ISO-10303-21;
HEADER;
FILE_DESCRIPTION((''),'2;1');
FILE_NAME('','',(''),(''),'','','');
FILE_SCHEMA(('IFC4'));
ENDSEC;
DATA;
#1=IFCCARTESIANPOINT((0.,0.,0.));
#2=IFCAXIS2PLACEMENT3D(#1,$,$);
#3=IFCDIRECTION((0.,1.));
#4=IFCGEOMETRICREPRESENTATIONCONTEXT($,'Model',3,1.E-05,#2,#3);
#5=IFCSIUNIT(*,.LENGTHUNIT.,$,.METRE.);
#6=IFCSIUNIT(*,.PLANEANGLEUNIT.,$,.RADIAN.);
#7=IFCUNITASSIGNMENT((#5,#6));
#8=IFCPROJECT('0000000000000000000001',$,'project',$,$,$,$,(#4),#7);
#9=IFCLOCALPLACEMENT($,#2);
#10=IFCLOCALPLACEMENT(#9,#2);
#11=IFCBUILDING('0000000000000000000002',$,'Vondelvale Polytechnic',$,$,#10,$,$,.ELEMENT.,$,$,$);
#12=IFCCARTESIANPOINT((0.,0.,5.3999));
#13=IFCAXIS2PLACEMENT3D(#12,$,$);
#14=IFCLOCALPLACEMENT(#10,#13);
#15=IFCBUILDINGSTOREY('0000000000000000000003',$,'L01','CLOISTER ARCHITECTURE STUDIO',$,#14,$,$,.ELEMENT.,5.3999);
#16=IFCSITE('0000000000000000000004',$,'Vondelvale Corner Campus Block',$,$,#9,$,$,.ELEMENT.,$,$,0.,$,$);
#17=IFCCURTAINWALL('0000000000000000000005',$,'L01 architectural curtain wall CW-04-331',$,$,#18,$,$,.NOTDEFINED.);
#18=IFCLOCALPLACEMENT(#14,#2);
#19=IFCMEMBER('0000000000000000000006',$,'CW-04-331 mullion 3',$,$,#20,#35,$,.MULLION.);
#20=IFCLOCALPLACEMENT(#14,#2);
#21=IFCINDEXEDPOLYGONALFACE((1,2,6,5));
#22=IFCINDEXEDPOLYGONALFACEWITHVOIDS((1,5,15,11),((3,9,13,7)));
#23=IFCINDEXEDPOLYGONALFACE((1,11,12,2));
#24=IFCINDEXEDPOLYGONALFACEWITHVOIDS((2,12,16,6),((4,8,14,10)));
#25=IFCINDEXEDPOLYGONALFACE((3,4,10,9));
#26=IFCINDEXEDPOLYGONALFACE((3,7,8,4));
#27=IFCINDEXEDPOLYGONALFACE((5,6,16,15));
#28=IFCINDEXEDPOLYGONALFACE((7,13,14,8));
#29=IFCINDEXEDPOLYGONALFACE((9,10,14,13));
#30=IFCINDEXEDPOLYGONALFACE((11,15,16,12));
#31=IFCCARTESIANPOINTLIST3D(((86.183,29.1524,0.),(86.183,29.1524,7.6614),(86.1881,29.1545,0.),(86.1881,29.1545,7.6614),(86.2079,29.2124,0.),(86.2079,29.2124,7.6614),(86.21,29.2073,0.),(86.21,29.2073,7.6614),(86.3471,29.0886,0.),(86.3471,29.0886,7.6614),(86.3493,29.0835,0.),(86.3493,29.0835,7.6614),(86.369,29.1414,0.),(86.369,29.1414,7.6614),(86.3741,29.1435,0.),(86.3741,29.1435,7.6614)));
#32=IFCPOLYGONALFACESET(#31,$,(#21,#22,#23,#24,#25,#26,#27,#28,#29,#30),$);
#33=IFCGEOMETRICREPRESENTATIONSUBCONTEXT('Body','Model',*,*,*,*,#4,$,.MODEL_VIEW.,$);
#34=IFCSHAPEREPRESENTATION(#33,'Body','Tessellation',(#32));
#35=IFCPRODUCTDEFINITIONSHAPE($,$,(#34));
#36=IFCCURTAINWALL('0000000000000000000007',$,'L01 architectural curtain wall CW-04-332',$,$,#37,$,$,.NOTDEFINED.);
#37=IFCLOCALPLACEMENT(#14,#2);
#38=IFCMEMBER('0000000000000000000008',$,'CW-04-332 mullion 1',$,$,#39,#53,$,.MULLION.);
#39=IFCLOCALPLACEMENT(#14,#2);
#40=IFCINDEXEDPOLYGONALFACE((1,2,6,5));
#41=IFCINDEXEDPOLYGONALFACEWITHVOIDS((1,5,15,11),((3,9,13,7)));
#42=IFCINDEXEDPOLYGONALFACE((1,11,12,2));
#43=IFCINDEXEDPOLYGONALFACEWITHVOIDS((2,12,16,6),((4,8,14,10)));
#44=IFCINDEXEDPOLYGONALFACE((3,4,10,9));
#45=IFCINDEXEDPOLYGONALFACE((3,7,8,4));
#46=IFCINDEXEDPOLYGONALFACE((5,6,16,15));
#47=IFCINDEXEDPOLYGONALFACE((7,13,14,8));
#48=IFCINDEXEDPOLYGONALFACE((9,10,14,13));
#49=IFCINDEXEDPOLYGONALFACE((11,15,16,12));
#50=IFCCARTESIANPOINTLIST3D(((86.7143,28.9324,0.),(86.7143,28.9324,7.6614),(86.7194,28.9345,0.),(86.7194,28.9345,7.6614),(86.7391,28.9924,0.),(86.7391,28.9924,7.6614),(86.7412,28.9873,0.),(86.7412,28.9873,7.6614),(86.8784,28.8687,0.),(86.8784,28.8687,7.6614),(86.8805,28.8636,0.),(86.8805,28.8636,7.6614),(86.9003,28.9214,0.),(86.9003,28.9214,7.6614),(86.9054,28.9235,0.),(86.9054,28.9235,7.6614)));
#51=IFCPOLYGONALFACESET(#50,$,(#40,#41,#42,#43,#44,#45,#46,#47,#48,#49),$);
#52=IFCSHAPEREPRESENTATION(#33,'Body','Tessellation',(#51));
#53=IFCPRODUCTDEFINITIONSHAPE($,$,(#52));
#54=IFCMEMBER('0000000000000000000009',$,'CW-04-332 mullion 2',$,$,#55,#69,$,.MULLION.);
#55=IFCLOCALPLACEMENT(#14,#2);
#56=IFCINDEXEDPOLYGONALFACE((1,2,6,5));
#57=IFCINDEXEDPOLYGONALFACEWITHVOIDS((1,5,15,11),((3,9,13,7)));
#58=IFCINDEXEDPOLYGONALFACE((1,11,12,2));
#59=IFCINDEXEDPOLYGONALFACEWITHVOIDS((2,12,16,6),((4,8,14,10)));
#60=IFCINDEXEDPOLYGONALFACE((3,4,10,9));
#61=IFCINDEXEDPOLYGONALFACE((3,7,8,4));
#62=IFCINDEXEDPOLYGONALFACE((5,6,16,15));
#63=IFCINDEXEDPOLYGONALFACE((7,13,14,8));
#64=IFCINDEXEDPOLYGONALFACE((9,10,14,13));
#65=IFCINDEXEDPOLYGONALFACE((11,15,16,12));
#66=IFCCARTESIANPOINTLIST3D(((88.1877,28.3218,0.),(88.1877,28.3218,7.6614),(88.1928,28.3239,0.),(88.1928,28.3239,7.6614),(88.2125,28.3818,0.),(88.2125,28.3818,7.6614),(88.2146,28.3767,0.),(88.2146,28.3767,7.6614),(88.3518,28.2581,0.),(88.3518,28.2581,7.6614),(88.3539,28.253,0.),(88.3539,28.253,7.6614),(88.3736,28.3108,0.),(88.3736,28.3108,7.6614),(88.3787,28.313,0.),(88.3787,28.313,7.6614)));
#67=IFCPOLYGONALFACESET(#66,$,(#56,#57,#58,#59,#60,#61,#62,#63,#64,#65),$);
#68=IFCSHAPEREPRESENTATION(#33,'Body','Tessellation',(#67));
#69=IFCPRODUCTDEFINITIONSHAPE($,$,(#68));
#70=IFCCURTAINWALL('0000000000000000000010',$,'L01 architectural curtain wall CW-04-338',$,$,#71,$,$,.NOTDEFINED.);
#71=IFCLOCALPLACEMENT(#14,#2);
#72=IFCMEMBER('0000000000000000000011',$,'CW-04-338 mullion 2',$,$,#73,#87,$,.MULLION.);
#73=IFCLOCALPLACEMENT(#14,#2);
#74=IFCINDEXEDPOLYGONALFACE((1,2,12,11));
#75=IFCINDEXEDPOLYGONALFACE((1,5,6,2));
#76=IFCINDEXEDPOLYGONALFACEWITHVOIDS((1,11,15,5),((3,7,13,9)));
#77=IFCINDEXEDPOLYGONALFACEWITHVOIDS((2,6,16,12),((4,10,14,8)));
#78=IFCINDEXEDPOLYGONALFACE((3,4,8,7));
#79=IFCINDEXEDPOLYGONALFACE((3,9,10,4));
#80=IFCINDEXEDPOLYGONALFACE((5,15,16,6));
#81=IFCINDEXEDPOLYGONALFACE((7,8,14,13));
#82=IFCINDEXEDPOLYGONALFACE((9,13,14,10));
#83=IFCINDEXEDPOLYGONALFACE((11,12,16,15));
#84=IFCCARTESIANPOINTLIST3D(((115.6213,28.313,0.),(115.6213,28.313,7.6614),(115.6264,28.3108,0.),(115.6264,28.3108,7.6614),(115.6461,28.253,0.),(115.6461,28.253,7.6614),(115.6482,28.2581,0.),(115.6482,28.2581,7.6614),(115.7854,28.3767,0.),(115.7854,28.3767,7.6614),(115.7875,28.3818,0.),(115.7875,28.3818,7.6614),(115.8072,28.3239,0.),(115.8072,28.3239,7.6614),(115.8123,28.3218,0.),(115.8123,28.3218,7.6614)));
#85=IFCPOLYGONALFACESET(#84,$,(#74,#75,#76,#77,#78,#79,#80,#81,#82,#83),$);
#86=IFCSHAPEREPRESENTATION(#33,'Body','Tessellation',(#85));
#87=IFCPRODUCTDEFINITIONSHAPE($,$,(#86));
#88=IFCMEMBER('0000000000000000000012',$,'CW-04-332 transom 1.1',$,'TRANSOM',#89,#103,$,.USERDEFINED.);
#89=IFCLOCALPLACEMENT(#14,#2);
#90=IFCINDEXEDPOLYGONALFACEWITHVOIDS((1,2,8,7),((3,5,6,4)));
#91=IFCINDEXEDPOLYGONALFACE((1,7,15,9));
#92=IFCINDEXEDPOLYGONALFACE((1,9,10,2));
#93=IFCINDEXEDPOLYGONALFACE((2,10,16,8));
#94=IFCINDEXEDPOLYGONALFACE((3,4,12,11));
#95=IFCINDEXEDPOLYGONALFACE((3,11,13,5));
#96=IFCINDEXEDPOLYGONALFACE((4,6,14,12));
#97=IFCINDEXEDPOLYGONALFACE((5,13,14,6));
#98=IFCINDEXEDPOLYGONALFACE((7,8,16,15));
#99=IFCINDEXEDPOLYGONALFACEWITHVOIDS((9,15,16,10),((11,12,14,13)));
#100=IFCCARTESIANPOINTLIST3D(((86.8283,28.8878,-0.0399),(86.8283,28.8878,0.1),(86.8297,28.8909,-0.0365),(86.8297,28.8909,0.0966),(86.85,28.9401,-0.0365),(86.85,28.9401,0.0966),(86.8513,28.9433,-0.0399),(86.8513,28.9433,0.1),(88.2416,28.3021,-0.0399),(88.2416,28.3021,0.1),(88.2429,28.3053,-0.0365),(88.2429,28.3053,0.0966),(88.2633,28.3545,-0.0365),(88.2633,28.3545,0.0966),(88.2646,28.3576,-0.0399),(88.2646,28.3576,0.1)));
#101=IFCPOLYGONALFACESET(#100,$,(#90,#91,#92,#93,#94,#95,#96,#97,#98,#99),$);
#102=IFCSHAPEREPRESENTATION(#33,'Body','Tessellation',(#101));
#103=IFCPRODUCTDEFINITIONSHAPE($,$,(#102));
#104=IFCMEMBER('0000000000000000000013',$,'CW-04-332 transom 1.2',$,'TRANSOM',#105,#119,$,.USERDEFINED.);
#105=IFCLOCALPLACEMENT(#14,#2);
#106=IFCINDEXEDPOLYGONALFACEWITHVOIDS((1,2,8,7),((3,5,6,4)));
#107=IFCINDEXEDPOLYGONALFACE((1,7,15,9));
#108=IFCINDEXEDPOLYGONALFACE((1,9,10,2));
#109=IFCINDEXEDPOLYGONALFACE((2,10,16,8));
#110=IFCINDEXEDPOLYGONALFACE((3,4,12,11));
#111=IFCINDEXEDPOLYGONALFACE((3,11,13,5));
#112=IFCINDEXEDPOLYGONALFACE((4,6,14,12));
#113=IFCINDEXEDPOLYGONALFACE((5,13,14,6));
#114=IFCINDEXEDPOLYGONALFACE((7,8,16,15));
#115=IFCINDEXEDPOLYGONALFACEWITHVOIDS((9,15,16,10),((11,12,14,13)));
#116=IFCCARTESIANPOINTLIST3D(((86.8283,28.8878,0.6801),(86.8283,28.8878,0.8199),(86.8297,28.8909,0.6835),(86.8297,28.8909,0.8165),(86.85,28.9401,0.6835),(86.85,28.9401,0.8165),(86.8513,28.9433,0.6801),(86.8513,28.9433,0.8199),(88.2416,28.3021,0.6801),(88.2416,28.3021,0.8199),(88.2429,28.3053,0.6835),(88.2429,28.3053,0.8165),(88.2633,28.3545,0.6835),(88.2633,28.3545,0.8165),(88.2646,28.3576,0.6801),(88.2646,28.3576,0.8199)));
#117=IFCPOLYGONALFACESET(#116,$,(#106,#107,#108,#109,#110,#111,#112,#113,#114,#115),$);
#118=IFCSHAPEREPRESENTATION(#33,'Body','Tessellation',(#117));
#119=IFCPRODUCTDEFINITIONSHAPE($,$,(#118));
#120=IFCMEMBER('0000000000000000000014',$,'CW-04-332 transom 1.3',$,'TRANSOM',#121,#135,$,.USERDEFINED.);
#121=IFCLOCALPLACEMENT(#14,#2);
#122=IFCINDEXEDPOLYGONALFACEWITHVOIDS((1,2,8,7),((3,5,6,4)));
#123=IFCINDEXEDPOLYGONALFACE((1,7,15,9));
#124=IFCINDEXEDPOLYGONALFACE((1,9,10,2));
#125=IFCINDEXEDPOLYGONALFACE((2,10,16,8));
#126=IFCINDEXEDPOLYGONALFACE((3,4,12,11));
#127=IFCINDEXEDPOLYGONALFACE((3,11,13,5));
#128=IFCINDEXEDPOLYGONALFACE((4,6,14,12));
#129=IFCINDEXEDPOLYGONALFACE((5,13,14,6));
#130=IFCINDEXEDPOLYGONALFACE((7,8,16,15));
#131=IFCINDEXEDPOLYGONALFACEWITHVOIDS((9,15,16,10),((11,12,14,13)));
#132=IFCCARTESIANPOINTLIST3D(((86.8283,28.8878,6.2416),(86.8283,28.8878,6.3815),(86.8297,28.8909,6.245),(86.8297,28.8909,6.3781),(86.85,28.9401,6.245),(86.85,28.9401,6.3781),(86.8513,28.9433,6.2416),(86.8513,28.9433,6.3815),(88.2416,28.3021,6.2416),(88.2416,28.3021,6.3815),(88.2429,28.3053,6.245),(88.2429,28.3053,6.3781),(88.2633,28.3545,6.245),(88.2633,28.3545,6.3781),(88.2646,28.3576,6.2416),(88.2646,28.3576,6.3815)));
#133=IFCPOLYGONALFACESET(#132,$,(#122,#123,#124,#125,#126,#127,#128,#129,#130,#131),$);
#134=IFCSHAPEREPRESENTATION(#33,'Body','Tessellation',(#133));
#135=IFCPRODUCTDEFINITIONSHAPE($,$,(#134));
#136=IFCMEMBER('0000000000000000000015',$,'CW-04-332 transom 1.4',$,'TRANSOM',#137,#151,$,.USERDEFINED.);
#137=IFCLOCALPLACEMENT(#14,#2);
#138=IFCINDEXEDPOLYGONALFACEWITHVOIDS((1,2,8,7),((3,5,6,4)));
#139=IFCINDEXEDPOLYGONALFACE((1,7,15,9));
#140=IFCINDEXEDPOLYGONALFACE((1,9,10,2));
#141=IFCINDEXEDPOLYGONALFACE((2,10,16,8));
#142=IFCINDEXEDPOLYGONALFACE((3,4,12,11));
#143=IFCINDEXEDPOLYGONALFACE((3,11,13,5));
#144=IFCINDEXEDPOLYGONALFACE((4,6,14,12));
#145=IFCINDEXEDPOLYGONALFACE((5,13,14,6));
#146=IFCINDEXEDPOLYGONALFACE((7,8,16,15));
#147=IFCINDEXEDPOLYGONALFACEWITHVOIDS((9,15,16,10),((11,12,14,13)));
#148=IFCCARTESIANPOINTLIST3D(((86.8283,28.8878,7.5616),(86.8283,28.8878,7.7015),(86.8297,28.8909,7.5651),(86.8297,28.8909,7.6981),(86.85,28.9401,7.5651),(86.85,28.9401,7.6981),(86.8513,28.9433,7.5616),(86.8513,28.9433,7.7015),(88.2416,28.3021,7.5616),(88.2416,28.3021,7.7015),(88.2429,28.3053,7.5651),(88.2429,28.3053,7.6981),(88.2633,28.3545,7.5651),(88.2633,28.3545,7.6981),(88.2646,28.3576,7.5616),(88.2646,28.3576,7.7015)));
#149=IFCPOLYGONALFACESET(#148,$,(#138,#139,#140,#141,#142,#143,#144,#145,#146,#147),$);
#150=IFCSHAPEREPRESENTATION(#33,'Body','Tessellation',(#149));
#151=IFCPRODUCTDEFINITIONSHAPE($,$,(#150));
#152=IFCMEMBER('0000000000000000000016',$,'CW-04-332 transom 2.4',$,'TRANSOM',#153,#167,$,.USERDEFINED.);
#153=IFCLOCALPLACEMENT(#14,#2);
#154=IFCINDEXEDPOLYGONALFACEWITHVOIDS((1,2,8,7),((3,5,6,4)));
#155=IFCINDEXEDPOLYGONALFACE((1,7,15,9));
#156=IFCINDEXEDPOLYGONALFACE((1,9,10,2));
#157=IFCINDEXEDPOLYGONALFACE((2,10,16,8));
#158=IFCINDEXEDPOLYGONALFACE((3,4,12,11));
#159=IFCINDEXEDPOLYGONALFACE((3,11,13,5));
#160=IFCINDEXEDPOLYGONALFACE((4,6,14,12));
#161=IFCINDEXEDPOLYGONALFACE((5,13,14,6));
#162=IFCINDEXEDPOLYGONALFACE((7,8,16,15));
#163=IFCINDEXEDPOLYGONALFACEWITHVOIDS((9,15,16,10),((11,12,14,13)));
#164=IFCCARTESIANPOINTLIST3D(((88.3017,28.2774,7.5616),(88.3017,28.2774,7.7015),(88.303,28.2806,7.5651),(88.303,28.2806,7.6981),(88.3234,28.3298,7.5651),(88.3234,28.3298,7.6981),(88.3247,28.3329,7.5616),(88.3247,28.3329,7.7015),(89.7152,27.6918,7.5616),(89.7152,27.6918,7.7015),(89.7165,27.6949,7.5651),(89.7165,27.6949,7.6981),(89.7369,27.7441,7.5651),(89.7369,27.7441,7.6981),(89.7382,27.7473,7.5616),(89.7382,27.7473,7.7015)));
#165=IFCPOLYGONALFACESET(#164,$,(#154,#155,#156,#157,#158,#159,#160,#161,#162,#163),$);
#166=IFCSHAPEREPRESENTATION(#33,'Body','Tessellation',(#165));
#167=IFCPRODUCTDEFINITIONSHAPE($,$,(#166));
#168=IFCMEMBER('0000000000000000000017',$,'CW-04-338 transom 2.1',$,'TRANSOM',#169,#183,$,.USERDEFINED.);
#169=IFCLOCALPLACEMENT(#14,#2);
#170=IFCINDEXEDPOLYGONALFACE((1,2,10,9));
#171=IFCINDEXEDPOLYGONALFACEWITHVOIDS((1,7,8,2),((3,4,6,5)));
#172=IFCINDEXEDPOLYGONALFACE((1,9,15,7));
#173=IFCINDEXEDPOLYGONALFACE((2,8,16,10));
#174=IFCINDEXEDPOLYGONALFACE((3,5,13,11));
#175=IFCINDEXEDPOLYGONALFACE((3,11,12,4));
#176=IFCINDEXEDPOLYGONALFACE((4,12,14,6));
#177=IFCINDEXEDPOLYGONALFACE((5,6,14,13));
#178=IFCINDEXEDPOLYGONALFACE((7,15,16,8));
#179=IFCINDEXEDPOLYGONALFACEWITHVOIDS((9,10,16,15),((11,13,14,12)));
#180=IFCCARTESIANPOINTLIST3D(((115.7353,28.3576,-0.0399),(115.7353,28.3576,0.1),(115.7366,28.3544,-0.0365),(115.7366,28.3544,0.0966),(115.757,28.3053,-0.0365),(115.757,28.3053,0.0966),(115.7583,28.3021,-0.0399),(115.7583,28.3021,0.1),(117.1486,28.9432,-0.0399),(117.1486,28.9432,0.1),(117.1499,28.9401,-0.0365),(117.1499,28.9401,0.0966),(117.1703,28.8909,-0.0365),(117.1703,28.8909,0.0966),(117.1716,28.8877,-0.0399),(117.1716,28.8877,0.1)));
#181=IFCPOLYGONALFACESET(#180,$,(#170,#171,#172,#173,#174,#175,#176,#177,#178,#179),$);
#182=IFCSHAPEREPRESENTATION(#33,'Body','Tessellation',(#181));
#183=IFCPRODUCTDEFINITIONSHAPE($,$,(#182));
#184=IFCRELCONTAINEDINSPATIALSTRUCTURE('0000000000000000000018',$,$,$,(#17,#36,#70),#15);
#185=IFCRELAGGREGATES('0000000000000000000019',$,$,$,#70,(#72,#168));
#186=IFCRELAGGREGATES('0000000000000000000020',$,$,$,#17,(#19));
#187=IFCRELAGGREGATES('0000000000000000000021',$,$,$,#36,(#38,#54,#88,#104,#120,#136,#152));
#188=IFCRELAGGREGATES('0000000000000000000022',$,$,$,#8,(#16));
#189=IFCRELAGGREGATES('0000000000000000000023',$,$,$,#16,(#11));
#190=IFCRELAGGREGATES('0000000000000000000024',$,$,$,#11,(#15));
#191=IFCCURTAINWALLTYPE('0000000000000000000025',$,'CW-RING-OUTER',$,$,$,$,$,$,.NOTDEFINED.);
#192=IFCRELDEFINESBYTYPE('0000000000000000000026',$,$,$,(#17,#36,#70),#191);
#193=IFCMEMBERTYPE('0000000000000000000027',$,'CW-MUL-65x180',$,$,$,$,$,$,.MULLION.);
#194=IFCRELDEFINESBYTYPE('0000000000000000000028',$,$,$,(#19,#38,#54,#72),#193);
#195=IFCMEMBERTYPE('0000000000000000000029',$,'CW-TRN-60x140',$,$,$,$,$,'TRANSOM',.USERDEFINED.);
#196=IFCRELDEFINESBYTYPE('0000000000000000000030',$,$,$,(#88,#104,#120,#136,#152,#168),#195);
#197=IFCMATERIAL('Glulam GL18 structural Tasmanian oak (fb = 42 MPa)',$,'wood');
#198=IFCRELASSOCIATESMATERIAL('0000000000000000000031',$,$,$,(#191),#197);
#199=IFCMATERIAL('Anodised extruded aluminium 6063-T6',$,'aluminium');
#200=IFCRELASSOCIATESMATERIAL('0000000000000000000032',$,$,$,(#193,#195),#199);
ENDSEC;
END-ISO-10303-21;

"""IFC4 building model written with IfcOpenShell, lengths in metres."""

from ifc_helpers import new_model, si_unit, direction, frame, origin, origin_2d, place, context, subcontext, project, spatial, hollow_rectangle, extrude, material, material_profile, profile_set, type_object, element, aggregate, save


model = new_model("IFC4")

# Units and contexts
model_context = context("Model", 3, precision=1e-05, world=origin(), true_north=direction((0.0, 1.0)))
body_context = subcontext(model_context, "Body", "Model", "MODEL_VIEW")
ifc_project = project(units=[si_unit("LENGTHUNIT", "METRE"), si_unit("PLANEANGLEUNIT", "RADIAN")], contexts=[model_context])

# Site, building, storey
site_placement = place(None, origin())
site = spatial("IfcSite", under=ifc_project, at=site_placement, Name="Vondelvale Corner Campus Block", CompositionType="ELEMENT", RefElevation=0.0)
building_placement = place(site_placement, origin())
building = spatial("IfcBuilding", under=site, at=building_placement, Name="Vondelvale Polytechnic", CompositionType="ELEMENT")
storey_placement = place(building_placement, frame((0.0, 0.0, 5.3999)))
storey = spatial("IfcBuildingStorey", under=building, at=storey_placement, Name="L01", Description="CLOISTER ARCHITECTURE STUDIO", CompositionType="ELEMENT", Elevation=5.3999)

# Shared definitions
ifc_material_1 = material(Name="Glulam GL18 structural Tasmanian oak (fb = 42 MPa)", Category="wood")

# Curtain wall, member
curtain_wall_type = type_object("IfcCurtainWallType", Name="CW-RING-OUTER", PredefinedType="NOTDEFINED", material=ifc_material_1)
curtain_wall_1_placement = place(storey_placement, origin())
curtain_wall_1 = element("IfcCurtainWall", 1, at=curtain_wall_1_placement, inside=storey, type_object=curtain_wall_type, Name="L01 architectural curtain wall CW-04-331", PredefinedType="NOTDEFINED")
ifc_material_2 = material(Name="Anodised extruded aluminium 6063-T6", Category="aluminium")
ifc_material_profile_1 = material_profile(ifc_material_2, hollow_rectangle(XDim=0.0649, YDim=0.1799, WallThickness=0.0039, at=origin_2d()), Name="CW-MUL-180x65")
ifc_profile_set_1 = profile_set([ifc_material_profile_1], Name="Anodised extruded aluminium 6063-T6")
member_type_1 = type_object("IfcMemberType", Name="CW-MUL-65x180", PredefinedType="MULLION", material=ifc_profile_set_1)
member_1_placement = place(storey_placement, frame((86.2786, 29.1479, 0.0), z_axis=(0.0, 0.0, 1.0), x_axis=(0.382695, 0.923875, 0.0)))
member_1 = element("IfcMember", 2, at=member_1_placement, type_object=member_type_1, Name="CW-04-331 mullion 3", PredefinedType="MULLION", context=body_context, shape_type="SweptSolid", body=[
    extrude(hollow_rectangle(XDim=0.0649, YDim=0.1799, WallThickness=0.0039, at=origin_2d()), origin(), (0.0, 0.0, 1.0), 7.6614),
])

# Curtain wall, members
curtain_wall_2_placement = place(storey_placement, origin())
curtain_wall_2 = element("IfcCurtainWall", 3, at=curtain_wall_2_placement, inside=storey, type_object=curtain_wall_type, Name="L01 architectural curtain wall CW-04-332", PredefinedType="NOTDEFINED")
member_2_placement = place(storey_placement, frame((86.8098, 28.928, 0.0), z_axis=(0.0, 0.0, 1.0), x_axis=(0.382677, 0.923882, 0.0)))
member_2 = element("IfcMember", 4, at=member_2_placement, type_object=member_type_1, Name="CW-04-332 mullion 1", PredefinedType="MULLION", context=body_context, shape_type="SweptSolid", body=[
    extrude(hollow_rectangle(XDim=0.0649, YDim=0.1799, WallThickness=0.0039, at=origin_2d()), origin(), (0.0, 0.0, 1.0), 7.6614),
])
member_3_placement = place(storey_placement, frame((88.2832, 28.3174, 0.0), z_axis=(0.0, 0.0, 1.0), x_axis=(0.382677, 0.923882, 0.0)))
member_3 = element("IfcMember", 5, at=member_3_placement, type_object=member_type_1, Name="CW-04-332 mullion 2", PredefinedType="MULLION", context=body_context, shape_type="SweptSolid", body=[
    extrude(hollow_rectangle(XDim=0.0649, YDim=0.1799, WallThickness=0.0039, at=origin_2d()), origin(), (0.0, 0.0, 1.0), 7.6614),
])

# Curtain wall, member
curtain_wall_3_placement = place(storey_placement, origin())
curtain_wall_3 = element("IfcCurtainWall", 6, at=curtain_wall_3_placement, inside=storey, type_object=curtain_wall_type, Name="L01 architectural curtain wall CW-04-338", PredefinedType="NOTDEFINED")
member_4_placement = place(storey_placement, frame((115.7168, 28.3174, 0.0), z_axis=(0.0, 0.0, 1.0), x_axis=(-0.382677, 0.923882, 0.0)))
member_4 = element("IfcMember", 7, at=member_4_placement, type_object=member_type_1, Name="CW-04-338 mullion 2", PredefinedType="MULLION", context=body_context, shape_type="SweptSolid", body=[
    extrude(hollow_rectangle(XDim=0.0649, YDim=0.1799, WallThickness=0.0039, at=origin_2d()), origin(), (0.0, 0.0, 1.0), 7.6614),
])

# Members
ifc_material_profile_2 = material_profile(ifc_material_2, hollow_rectangle(XDim=0.0601, YDim=0.1399, WallThickness=0.0034, at=origin_2d()), Name="CW-TRN-140x60")
ifc_profile_set_2 = profile_set([ifc_material_profile_2], Name="Anodised extruded aluminium 6063-T6")
member_type_2 = type_object("IfcMemberType", Name="CW-TRN-60x140", ElementType="TRANSOM", PredefinedType="USERDEFINED", material=ifc_profile_set_2)
member_5_placement = place(storey_placement, frame((86.8398, 28.9155, 0.03), z_axis=(0.923816, -0.382836, 0.0), x_axis=(0.382836, 0.923816, 0.0)))
member_5 = element("IfcMember", 8, at=member_5_placement, type_object=member_type_2, Name="CW-04-332 transom 1.1", ObjectType="TRANSOM", PredefinedType="USERDEFINED", context=body_context, shape_type="SweptSolid", body=[
    extrude(hollow_rectangle(XDim=0.0601, YDim=0.1399, WallThickness=0.0034, at=origin_2d()), origin(), (0.0, 0.0, 1.0), 1.5298),
])
member_6_placement = place(storey_placement, frame((86.8398, 28.9155, 0.75), z_axis=(0.923816, -0.382836, 0.0), x_axis=(0.382836, 0.923816, 0.0)))
member_6 = element("IfcMember", 9, at=member_6_placement, type_object=member_type_2, Name="CW-04-332 transom 1.2", ObjectType="TRANSOM", PredefinedType="USERDEFINED", context=body_context, shape_type="SweptSolid", body=[
    extrude(hollow_rectangle(XDim=0.0601, YDim=0.1399, WallThickness=0.0034, at=origin_2d()), origin(), (0.0, 0.0, 1.0), 1.5298),
])
member_7_placement = place(storey_placement, frame((86.8398, 28.9155, 6.3115), z_axis=(0.923816, -0.382836, 0.0), x_axis=(0.382836, 0.923816, 0.0)))
member_7 = element("IfcMember", 10, at=member_7_placement, type_object=member_type_2, Name="CW-04-332 transom 1.3", ObjectType="TRANSOM", PredefinedType="USERDEFINED", context=body_context, shape_type="SweptSolid", body=[
    extrude(hollow_rectangle(XDim=0.0601, YDim=0.1399, WallThickness=0.0034, at=origin_2d()), origin(), (0.0, 0.0, 1.0), 1.5298),
])
member_8_placement = place(storey_placement, frame((86.8398, 28.9155, 7.6316), z_axis=(0.923816, -0.382836, 0.0), x_axis=(0.382836, 0.923816, 0.0)))
member_8 = element("IfcMember", 11, at=member_8_placement, type_object=member_type_2, Name="CW-04-332 transom 1.4", ObjectType="TRANSOM", PredefinedType="USERDEFINED", context=body_context, shape_type="SweptSolid", body=[
    extrude(hollow_rectangle(XDim=0.0601, YDim=0.1399, WallThickness=0.0034, at=origin_2d()), origin(), (0.0, 0.0, 1.0), 1.5298),
])
member_9_placement = place(storey_placement, frame((88.3132, 28.3052, 7.6316), z_axis=(0.92384, -0.382779, 0.0), x_axis=(0.382779, 0.92384, 0.0)))
member_9 = element("IfcMember", 12, at=member_9_placement, type_object=member_type_2, Name="CW-04-332 transom 2.4", ObjectType="TRANSOM", PredefinedType="USERDEFINED", context=body_context, shape_type="SweptSolid", body=[
    extrude(hollow_rectangle(XDim=0.0601, YDim=0.1399, WallThickness=0.0034, at=origin_2d()), origin(), (0.0, 0.0, 1.0), 1.53),
])
member_10_placement = place(storey_placement, frame((115.7468, 28.3298, 0.03), z_axis=(0.923816, 0.382836, 0.0), x_axis=(-0.382836, 0.923816, 0.0)))
member_10 = element("IfcMember", 13, at=member_10_placement, type_object=member_type_2, Name="CW-04-338 transom 2.1", ObjectType="TRANSOM", PredefinedType="USERDEFINED", context=body_context, shape_type="SweptSolid", body=[
    extrude(hollow_rectangle(XDim=0.0601, YDim=0.1399, WallThickness=0.0034, at=origin_2d()), origin(), (0.0, 0.0, 1.0), 1.5298),
])
aggregate(curtain_wall_3, [member_4, member_10])

aggregate(curtain_wall_1, [member_1])
aggregate(curtain_wall_2, [member_2, member_3, member_5, member_6, member_7, member_8, member_9])

save(model, "model.ifc")
